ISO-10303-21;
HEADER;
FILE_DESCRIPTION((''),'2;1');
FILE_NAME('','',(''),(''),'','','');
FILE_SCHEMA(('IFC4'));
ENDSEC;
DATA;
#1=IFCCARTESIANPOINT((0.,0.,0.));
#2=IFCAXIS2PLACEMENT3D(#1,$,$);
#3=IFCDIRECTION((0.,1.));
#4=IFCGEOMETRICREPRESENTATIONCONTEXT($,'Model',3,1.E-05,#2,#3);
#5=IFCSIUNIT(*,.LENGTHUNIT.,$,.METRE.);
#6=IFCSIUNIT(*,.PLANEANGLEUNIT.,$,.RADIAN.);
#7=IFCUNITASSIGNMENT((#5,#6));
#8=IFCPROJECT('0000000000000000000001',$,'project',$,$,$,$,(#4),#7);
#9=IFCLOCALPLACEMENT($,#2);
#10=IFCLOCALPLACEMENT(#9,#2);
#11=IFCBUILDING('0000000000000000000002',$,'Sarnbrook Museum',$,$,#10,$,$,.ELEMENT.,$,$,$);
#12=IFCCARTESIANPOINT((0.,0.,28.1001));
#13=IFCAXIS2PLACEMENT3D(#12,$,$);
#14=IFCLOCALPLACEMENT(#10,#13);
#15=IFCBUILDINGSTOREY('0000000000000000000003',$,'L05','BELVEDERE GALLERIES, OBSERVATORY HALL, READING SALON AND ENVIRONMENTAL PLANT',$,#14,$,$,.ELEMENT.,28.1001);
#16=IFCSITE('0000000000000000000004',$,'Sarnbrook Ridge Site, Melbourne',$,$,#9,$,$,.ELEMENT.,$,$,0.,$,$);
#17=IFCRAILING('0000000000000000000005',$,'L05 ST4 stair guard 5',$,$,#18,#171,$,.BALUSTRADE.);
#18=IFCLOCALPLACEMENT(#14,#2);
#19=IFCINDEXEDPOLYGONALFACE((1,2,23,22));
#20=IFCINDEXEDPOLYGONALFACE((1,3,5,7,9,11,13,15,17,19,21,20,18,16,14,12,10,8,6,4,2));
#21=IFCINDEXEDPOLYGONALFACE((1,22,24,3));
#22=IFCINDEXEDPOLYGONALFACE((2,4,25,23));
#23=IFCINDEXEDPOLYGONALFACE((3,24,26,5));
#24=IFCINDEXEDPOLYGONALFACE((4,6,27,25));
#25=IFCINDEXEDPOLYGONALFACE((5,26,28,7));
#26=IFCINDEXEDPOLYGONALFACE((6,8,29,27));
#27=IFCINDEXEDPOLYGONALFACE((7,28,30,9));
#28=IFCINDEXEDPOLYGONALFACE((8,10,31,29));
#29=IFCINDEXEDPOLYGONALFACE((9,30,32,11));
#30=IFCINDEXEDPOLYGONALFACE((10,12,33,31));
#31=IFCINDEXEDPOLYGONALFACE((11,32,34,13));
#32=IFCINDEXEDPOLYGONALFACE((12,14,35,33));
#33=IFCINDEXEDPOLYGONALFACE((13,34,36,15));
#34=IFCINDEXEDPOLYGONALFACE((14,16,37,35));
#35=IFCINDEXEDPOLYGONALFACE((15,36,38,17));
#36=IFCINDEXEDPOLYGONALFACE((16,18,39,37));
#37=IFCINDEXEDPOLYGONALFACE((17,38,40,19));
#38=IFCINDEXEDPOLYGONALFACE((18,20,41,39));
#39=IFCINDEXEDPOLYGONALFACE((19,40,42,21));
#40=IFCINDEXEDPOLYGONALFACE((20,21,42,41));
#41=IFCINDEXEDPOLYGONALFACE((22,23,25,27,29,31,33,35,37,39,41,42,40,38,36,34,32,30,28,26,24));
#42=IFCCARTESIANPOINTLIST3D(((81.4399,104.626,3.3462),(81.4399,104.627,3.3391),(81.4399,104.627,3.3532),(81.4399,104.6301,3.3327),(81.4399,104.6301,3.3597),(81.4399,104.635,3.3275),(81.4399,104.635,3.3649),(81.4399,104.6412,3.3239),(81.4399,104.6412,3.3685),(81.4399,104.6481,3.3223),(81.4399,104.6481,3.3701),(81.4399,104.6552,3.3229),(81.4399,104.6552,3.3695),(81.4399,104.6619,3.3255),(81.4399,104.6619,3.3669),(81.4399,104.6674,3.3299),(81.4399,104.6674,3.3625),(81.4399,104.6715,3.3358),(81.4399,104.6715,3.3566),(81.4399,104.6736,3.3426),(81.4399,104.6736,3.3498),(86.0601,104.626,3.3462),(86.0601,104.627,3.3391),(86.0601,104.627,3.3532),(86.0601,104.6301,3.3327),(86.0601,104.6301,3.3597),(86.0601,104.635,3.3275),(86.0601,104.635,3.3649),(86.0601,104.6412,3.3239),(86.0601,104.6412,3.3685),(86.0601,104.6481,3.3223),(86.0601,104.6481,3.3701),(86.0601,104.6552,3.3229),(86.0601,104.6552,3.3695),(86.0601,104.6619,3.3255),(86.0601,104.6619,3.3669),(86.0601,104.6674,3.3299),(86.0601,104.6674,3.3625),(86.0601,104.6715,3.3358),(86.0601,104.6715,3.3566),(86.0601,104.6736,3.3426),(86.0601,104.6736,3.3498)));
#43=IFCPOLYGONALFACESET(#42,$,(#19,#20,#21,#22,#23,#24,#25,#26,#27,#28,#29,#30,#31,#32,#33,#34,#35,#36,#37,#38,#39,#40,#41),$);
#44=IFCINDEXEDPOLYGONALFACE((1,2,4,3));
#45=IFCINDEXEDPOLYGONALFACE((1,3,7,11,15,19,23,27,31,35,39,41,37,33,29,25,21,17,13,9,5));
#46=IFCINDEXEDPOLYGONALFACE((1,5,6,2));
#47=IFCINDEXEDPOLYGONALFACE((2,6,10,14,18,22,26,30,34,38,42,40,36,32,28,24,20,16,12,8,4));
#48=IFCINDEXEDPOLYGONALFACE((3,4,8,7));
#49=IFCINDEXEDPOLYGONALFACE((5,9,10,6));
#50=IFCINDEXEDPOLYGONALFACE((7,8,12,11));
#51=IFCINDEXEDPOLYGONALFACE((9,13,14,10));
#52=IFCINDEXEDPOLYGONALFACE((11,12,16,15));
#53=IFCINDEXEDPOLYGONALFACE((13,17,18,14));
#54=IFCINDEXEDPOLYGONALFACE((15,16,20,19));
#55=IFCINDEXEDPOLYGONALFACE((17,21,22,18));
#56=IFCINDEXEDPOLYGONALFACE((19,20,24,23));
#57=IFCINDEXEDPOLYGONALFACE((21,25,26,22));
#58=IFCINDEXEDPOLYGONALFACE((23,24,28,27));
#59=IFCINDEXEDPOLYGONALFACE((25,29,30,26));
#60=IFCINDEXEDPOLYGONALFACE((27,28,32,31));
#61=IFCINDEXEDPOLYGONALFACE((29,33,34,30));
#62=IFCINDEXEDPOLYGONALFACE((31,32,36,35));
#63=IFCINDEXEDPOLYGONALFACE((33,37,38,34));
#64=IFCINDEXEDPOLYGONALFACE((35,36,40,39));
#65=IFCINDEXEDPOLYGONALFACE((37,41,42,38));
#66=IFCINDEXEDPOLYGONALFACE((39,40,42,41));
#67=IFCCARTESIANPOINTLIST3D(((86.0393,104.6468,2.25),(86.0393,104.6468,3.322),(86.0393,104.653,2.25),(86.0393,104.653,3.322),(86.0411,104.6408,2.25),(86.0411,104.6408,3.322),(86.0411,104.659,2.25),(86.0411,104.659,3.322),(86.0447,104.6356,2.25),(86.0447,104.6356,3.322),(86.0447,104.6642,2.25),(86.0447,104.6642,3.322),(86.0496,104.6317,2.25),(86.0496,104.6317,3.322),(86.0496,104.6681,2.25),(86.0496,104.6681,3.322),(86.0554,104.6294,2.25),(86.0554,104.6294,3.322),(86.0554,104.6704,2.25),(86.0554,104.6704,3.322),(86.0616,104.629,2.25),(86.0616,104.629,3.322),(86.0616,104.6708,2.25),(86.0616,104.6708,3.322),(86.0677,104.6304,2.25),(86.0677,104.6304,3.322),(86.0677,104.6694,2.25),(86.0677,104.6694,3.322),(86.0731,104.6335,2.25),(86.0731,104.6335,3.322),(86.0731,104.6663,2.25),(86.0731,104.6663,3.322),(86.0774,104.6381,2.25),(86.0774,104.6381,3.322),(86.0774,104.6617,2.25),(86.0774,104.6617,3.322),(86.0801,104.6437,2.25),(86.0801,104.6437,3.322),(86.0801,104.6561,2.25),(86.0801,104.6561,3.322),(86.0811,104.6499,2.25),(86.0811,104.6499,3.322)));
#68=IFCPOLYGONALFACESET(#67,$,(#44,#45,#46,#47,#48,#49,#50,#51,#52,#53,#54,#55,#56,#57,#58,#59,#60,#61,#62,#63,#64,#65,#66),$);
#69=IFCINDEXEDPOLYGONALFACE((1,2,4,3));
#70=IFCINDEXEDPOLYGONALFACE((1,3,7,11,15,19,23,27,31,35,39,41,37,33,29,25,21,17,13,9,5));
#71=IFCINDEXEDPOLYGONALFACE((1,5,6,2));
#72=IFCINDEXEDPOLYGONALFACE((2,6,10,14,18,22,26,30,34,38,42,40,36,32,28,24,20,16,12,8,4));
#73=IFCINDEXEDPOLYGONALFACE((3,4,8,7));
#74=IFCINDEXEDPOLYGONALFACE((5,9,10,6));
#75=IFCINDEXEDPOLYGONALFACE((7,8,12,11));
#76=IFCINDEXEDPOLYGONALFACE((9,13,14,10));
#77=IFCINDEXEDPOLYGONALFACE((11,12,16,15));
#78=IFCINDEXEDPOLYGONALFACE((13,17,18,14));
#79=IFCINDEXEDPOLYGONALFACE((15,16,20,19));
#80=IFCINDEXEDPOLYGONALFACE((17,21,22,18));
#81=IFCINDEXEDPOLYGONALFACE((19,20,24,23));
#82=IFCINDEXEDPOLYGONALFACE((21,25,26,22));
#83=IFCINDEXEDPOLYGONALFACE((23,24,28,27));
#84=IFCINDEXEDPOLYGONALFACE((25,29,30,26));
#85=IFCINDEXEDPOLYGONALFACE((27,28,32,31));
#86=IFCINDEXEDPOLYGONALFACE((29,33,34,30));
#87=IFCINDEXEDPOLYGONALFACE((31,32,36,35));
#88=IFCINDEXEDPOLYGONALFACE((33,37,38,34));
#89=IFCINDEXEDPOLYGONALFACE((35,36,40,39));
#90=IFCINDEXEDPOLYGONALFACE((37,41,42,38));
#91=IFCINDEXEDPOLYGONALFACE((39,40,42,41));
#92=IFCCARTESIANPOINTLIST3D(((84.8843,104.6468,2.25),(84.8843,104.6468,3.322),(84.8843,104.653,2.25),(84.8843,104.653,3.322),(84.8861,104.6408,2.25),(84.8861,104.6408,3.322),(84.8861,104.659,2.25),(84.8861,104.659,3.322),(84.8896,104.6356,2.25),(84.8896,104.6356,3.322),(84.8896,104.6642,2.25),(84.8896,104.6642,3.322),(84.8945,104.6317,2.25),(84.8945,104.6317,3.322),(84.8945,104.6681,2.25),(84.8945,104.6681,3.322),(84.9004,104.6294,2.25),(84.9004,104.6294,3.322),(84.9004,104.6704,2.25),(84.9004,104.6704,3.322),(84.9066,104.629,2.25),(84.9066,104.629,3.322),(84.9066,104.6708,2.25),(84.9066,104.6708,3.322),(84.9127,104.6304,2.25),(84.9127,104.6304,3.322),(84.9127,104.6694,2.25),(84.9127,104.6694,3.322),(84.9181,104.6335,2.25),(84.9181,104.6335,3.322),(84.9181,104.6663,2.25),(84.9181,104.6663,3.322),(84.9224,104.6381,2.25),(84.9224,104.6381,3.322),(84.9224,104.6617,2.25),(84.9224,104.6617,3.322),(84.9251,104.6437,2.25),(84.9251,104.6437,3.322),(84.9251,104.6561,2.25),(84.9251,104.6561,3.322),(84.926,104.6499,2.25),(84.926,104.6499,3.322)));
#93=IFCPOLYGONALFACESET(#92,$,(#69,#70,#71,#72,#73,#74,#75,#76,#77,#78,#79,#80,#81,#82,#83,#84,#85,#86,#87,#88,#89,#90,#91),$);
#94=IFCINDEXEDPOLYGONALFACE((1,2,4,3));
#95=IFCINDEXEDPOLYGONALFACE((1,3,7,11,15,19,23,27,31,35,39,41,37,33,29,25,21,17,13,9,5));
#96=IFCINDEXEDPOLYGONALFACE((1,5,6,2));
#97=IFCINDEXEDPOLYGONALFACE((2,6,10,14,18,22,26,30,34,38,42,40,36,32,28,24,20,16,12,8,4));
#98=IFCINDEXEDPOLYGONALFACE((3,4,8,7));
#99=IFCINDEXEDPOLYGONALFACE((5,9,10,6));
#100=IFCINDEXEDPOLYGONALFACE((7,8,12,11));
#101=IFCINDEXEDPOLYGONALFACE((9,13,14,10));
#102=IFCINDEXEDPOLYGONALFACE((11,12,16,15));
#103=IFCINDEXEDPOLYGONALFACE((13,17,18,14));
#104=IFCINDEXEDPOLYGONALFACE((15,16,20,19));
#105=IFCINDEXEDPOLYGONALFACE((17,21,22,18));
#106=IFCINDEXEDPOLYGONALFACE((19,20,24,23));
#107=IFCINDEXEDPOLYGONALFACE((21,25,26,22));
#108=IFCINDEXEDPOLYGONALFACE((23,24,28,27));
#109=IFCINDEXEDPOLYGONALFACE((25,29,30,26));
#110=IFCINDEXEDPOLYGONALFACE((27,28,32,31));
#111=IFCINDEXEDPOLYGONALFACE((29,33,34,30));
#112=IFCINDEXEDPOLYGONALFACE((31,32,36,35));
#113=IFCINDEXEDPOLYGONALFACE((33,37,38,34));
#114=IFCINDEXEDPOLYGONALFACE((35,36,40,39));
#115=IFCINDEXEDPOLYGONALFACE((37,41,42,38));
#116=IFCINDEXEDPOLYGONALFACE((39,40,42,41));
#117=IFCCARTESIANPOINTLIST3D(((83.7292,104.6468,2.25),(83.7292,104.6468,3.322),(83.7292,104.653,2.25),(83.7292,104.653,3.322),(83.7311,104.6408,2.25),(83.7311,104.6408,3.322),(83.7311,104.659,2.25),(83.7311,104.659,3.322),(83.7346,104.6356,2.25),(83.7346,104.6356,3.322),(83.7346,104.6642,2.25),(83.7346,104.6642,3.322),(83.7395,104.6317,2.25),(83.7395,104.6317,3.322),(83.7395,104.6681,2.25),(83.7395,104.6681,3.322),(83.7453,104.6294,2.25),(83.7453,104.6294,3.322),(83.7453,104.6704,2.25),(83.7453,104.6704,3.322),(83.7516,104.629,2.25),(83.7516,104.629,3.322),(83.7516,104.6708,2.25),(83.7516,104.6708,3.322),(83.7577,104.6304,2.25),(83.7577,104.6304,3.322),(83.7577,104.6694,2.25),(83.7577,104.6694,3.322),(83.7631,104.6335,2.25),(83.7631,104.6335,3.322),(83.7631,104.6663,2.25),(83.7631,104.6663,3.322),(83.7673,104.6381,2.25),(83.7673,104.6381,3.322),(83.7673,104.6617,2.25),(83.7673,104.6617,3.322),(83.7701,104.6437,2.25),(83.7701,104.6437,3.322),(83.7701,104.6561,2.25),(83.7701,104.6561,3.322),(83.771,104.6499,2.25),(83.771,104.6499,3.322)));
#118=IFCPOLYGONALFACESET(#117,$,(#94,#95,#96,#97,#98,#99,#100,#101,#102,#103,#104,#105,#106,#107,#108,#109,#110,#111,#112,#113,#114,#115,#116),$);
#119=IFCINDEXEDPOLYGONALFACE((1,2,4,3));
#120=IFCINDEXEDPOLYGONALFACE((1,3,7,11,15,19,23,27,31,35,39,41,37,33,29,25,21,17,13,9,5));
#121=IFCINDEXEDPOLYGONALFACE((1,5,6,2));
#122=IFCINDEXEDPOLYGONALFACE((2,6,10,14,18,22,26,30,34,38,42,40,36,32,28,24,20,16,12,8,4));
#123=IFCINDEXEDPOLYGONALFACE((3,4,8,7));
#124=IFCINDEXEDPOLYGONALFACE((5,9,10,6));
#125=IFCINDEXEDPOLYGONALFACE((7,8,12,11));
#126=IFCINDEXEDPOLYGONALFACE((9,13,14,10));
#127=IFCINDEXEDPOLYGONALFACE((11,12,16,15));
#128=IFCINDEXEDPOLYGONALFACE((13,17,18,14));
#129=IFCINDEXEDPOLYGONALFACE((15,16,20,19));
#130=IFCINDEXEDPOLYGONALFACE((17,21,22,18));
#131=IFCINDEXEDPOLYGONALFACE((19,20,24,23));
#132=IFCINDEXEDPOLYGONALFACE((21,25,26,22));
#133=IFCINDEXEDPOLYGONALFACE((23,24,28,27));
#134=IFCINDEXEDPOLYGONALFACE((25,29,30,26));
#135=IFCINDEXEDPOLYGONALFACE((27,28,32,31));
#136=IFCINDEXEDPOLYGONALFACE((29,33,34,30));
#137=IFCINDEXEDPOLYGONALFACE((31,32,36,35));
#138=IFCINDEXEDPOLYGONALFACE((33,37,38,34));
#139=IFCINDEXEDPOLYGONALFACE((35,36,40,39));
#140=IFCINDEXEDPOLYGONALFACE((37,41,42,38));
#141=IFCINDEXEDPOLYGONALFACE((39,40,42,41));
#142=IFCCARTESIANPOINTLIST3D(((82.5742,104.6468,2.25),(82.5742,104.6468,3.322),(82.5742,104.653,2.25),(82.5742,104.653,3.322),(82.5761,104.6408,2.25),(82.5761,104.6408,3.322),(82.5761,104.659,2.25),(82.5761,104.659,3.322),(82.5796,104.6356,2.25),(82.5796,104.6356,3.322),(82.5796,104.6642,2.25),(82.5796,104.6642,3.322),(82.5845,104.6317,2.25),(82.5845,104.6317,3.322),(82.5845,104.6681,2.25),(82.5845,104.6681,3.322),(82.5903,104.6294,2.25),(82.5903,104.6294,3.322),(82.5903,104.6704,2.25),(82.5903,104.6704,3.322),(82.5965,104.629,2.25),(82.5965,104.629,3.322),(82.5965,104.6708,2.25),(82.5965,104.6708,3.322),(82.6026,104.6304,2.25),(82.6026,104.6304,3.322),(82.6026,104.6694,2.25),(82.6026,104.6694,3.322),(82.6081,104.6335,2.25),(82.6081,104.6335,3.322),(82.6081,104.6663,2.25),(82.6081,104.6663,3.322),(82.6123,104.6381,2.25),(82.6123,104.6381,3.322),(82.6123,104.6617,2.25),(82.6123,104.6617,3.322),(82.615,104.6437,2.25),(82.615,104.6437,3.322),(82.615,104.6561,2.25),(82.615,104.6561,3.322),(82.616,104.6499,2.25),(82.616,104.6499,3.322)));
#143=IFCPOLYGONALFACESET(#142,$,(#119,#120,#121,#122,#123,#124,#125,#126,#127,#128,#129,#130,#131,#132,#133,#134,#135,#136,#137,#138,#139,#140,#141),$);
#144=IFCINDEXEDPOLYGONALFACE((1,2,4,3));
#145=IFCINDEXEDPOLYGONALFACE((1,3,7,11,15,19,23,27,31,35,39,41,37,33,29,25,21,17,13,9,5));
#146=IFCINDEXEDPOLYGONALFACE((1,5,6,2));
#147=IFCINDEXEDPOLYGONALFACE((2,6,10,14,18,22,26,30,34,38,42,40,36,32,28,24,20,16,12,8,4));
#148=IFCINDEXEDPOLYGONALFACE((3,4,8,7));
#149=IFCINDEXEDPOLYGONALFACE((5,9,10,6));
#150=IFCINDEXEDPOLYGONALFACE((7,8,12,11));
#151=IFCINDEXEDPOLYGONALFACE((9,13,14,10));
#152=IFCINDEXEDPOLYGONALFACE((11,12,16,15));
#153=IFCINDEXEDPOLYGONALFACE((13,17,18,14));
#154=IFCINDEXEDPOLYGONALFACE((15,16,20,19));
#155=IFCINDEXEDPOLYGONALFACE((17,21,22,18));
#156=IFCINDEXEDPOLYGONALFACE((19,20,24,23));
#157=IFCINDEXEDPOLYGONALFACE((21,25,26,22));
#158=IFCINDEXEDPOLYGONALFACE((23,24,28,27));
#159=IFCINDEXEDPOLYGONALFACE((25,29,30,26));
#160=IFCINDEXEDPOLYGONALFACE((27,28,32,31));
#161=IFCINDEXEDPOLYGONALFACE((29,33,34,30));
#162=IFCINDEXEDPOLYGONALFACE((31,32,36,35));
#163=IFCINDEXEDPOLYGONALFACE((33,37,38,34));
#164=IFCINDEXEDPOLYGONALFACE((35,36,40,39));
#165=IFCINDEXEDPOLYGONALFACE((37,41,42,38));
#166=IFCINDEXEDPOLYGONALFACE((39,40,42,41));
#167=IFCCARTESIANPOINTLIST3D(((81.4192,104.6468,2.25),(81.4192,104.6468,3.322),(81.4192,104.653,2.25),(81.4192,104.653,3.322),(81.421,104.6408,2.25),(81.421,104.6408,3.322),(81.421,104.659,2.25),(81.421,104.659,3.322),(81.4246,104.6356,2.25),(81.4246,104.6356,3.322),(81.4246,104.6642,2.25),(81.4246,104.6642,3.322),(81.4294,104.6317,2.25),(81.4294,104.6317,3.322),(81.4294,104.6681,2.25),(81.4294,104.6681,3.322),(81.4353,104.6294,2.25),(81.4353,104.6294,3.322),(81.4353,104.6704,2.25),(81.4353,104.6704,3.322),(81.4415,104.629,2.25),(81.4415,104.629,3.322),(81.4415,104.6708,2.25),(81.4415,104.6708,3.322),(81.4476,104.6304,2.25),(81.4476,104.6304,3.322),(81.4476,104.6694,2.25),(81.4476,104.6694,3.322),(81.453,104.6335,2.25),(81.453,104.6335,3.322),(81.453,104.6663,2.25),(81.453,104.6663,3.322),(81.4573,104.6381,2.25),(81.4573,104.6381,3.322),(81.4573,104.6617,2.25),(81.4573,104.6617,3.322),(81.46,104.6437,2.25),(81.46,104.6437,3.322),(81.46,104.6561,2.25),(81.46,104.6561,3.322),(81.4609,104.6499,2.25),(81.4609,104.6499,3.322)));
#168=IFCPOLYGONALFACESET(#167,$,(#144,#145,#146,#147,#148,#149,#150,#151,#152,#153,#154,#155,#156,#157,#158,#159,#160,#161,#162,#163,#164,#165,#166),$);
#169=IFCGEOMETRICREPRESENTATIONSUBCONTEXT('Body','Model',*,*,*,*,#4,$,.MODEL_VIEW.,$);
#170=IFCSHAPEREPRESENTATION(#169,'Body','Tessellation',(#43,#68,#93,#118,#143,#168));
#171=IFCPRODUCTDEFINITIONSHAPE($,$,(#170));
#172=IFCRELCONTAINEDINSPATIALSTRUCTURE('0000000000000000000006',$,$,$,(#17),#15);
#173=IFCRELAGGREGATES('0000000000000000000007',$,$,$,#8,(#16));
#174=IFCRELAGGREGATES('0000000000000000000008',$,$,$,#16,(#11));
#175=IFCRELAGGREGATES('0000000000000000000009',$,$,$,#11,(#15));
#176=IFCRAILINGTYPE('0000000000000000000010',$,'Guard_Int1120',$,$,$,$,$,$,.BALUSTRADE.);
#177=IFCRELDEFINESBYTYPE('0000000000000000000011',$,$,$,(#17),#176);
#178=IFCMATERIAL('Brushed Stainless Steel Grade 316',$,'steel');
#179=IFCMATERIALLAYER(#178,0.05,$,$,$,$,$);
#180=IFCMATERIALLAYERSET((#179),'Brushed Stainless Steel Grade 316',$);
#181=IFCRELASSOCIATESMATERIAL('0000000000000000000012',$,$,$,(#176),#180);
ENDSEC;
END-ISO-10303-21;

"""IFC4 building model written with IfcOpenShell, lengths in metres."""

from ifc_helpers import new_model, si_unit, direction, frame, origin, origin_2d, place, context, subcontext, project, spatial, circle, extrude, material, layer, layer_set, type_object, element, save


model = new_model("IFC4")

# Units and contexts
model_context = context("Model", 3, precision=1e-05, world=origin(), true_north=direction((0.0, 1.0)))
body_context = subcontext(model_context, "Body", "Model", "MODEL_VIEW")
ifc_project = project(units=[si_unit("LENGTHUNIT", "METRE"), si_unit("PLANEANGLEUNIT", "RADIAN")], contexts=[model_context])

# Site, building, storey
site_placement = place(None, origin())
site = spatial("IfcSite", under=ifc_project, at=site_placement, Name="Sarnbrook Ridge Site, Melbourne", CompositionType="ELEMENT", RefElevation=0.0)
building_placement = place(site_placement, origin())
building = spatial("IfcBuilding", under=site, at=building_placement, Name="Sarnbrook Museum", CompositionType="ELEMENT")
storey_placement = place(building_placement, frame((0.0, 0.0, 28.1001)))
storey = spatial("IfcBuildingStorey", under=building, at=storey_placement, Name="L05", Description="BELVEDERE GALLERIES, OBSERVATORY HALL, READING SALON AND ENVIRONMENTAL PLANT", CompositionType="ELEMENT", Elevation=28.1001)

# Shared definitions
ifc_material_1 = material(Name="Brushed Stainless Steel Grade 316", Category="steel")

# Railing
ifc_layer_1 = layer(ifc_material_1, 0.05)
ifc_layer_set_1 = layer_set([ifc_layer_1], Name="Brushed Stainless Steel Grade 316")
railing_type_1 = type_object("IfcRailingType", Name="Guard_Int1120", PredefinedType="BALUSTRADE", material=ifc_layer_set_1)
railing_1_placement = place(storey_placement, frame((86.0601, 104.6499, 2.25)))
element("IfcRailing", 1, at=railing_1_placement, inside=storey, type_object=railing_type_1, Name="L05 ST4 stair guard 5", PredefinedType="BALUSTRADE", context=body_context, shape_type="SweptSolid", body=[
    extrude(circle(Radius=0.0239, at=origin_2d()), frame((0.0, 0.0, 1.0962), z_axis=(-1.0, 0.0, 0.0), x_axis=(0.0, -1.0, 0.0)), (0.0, 0.0, 1.0), 4.6201),
    extrude(circle(Radius=0.021, at=origin_2d()), origin(), (0.0, 0.0, 1.0), 1.072),
    extrude(circle(Radius=0.021, at=origin_2d()), frame((-1.155, 0.0, 0.0)), (0.0, 0.0, 1.0), 1.072),
    extrude(circle(Radius=0.021, at=origin_2d()), frame((-2.3101, 0.0, 0.0)), (0.0, 0.0, 1.0), 1.072),
    extrude(circle(Radius=0.021, at=origin_2d()), frame((-3.4651, 0.0, 0.0)), (0.0, 0.0, 1.0), 1.072),
    extrude(circle(Radius=0.021, at=origin_2d()), frame((-4.6201, 0.0, 0.0)), (0.0, 0.0, 1.0), 1.072),
])

save(model, "model.ifc")
